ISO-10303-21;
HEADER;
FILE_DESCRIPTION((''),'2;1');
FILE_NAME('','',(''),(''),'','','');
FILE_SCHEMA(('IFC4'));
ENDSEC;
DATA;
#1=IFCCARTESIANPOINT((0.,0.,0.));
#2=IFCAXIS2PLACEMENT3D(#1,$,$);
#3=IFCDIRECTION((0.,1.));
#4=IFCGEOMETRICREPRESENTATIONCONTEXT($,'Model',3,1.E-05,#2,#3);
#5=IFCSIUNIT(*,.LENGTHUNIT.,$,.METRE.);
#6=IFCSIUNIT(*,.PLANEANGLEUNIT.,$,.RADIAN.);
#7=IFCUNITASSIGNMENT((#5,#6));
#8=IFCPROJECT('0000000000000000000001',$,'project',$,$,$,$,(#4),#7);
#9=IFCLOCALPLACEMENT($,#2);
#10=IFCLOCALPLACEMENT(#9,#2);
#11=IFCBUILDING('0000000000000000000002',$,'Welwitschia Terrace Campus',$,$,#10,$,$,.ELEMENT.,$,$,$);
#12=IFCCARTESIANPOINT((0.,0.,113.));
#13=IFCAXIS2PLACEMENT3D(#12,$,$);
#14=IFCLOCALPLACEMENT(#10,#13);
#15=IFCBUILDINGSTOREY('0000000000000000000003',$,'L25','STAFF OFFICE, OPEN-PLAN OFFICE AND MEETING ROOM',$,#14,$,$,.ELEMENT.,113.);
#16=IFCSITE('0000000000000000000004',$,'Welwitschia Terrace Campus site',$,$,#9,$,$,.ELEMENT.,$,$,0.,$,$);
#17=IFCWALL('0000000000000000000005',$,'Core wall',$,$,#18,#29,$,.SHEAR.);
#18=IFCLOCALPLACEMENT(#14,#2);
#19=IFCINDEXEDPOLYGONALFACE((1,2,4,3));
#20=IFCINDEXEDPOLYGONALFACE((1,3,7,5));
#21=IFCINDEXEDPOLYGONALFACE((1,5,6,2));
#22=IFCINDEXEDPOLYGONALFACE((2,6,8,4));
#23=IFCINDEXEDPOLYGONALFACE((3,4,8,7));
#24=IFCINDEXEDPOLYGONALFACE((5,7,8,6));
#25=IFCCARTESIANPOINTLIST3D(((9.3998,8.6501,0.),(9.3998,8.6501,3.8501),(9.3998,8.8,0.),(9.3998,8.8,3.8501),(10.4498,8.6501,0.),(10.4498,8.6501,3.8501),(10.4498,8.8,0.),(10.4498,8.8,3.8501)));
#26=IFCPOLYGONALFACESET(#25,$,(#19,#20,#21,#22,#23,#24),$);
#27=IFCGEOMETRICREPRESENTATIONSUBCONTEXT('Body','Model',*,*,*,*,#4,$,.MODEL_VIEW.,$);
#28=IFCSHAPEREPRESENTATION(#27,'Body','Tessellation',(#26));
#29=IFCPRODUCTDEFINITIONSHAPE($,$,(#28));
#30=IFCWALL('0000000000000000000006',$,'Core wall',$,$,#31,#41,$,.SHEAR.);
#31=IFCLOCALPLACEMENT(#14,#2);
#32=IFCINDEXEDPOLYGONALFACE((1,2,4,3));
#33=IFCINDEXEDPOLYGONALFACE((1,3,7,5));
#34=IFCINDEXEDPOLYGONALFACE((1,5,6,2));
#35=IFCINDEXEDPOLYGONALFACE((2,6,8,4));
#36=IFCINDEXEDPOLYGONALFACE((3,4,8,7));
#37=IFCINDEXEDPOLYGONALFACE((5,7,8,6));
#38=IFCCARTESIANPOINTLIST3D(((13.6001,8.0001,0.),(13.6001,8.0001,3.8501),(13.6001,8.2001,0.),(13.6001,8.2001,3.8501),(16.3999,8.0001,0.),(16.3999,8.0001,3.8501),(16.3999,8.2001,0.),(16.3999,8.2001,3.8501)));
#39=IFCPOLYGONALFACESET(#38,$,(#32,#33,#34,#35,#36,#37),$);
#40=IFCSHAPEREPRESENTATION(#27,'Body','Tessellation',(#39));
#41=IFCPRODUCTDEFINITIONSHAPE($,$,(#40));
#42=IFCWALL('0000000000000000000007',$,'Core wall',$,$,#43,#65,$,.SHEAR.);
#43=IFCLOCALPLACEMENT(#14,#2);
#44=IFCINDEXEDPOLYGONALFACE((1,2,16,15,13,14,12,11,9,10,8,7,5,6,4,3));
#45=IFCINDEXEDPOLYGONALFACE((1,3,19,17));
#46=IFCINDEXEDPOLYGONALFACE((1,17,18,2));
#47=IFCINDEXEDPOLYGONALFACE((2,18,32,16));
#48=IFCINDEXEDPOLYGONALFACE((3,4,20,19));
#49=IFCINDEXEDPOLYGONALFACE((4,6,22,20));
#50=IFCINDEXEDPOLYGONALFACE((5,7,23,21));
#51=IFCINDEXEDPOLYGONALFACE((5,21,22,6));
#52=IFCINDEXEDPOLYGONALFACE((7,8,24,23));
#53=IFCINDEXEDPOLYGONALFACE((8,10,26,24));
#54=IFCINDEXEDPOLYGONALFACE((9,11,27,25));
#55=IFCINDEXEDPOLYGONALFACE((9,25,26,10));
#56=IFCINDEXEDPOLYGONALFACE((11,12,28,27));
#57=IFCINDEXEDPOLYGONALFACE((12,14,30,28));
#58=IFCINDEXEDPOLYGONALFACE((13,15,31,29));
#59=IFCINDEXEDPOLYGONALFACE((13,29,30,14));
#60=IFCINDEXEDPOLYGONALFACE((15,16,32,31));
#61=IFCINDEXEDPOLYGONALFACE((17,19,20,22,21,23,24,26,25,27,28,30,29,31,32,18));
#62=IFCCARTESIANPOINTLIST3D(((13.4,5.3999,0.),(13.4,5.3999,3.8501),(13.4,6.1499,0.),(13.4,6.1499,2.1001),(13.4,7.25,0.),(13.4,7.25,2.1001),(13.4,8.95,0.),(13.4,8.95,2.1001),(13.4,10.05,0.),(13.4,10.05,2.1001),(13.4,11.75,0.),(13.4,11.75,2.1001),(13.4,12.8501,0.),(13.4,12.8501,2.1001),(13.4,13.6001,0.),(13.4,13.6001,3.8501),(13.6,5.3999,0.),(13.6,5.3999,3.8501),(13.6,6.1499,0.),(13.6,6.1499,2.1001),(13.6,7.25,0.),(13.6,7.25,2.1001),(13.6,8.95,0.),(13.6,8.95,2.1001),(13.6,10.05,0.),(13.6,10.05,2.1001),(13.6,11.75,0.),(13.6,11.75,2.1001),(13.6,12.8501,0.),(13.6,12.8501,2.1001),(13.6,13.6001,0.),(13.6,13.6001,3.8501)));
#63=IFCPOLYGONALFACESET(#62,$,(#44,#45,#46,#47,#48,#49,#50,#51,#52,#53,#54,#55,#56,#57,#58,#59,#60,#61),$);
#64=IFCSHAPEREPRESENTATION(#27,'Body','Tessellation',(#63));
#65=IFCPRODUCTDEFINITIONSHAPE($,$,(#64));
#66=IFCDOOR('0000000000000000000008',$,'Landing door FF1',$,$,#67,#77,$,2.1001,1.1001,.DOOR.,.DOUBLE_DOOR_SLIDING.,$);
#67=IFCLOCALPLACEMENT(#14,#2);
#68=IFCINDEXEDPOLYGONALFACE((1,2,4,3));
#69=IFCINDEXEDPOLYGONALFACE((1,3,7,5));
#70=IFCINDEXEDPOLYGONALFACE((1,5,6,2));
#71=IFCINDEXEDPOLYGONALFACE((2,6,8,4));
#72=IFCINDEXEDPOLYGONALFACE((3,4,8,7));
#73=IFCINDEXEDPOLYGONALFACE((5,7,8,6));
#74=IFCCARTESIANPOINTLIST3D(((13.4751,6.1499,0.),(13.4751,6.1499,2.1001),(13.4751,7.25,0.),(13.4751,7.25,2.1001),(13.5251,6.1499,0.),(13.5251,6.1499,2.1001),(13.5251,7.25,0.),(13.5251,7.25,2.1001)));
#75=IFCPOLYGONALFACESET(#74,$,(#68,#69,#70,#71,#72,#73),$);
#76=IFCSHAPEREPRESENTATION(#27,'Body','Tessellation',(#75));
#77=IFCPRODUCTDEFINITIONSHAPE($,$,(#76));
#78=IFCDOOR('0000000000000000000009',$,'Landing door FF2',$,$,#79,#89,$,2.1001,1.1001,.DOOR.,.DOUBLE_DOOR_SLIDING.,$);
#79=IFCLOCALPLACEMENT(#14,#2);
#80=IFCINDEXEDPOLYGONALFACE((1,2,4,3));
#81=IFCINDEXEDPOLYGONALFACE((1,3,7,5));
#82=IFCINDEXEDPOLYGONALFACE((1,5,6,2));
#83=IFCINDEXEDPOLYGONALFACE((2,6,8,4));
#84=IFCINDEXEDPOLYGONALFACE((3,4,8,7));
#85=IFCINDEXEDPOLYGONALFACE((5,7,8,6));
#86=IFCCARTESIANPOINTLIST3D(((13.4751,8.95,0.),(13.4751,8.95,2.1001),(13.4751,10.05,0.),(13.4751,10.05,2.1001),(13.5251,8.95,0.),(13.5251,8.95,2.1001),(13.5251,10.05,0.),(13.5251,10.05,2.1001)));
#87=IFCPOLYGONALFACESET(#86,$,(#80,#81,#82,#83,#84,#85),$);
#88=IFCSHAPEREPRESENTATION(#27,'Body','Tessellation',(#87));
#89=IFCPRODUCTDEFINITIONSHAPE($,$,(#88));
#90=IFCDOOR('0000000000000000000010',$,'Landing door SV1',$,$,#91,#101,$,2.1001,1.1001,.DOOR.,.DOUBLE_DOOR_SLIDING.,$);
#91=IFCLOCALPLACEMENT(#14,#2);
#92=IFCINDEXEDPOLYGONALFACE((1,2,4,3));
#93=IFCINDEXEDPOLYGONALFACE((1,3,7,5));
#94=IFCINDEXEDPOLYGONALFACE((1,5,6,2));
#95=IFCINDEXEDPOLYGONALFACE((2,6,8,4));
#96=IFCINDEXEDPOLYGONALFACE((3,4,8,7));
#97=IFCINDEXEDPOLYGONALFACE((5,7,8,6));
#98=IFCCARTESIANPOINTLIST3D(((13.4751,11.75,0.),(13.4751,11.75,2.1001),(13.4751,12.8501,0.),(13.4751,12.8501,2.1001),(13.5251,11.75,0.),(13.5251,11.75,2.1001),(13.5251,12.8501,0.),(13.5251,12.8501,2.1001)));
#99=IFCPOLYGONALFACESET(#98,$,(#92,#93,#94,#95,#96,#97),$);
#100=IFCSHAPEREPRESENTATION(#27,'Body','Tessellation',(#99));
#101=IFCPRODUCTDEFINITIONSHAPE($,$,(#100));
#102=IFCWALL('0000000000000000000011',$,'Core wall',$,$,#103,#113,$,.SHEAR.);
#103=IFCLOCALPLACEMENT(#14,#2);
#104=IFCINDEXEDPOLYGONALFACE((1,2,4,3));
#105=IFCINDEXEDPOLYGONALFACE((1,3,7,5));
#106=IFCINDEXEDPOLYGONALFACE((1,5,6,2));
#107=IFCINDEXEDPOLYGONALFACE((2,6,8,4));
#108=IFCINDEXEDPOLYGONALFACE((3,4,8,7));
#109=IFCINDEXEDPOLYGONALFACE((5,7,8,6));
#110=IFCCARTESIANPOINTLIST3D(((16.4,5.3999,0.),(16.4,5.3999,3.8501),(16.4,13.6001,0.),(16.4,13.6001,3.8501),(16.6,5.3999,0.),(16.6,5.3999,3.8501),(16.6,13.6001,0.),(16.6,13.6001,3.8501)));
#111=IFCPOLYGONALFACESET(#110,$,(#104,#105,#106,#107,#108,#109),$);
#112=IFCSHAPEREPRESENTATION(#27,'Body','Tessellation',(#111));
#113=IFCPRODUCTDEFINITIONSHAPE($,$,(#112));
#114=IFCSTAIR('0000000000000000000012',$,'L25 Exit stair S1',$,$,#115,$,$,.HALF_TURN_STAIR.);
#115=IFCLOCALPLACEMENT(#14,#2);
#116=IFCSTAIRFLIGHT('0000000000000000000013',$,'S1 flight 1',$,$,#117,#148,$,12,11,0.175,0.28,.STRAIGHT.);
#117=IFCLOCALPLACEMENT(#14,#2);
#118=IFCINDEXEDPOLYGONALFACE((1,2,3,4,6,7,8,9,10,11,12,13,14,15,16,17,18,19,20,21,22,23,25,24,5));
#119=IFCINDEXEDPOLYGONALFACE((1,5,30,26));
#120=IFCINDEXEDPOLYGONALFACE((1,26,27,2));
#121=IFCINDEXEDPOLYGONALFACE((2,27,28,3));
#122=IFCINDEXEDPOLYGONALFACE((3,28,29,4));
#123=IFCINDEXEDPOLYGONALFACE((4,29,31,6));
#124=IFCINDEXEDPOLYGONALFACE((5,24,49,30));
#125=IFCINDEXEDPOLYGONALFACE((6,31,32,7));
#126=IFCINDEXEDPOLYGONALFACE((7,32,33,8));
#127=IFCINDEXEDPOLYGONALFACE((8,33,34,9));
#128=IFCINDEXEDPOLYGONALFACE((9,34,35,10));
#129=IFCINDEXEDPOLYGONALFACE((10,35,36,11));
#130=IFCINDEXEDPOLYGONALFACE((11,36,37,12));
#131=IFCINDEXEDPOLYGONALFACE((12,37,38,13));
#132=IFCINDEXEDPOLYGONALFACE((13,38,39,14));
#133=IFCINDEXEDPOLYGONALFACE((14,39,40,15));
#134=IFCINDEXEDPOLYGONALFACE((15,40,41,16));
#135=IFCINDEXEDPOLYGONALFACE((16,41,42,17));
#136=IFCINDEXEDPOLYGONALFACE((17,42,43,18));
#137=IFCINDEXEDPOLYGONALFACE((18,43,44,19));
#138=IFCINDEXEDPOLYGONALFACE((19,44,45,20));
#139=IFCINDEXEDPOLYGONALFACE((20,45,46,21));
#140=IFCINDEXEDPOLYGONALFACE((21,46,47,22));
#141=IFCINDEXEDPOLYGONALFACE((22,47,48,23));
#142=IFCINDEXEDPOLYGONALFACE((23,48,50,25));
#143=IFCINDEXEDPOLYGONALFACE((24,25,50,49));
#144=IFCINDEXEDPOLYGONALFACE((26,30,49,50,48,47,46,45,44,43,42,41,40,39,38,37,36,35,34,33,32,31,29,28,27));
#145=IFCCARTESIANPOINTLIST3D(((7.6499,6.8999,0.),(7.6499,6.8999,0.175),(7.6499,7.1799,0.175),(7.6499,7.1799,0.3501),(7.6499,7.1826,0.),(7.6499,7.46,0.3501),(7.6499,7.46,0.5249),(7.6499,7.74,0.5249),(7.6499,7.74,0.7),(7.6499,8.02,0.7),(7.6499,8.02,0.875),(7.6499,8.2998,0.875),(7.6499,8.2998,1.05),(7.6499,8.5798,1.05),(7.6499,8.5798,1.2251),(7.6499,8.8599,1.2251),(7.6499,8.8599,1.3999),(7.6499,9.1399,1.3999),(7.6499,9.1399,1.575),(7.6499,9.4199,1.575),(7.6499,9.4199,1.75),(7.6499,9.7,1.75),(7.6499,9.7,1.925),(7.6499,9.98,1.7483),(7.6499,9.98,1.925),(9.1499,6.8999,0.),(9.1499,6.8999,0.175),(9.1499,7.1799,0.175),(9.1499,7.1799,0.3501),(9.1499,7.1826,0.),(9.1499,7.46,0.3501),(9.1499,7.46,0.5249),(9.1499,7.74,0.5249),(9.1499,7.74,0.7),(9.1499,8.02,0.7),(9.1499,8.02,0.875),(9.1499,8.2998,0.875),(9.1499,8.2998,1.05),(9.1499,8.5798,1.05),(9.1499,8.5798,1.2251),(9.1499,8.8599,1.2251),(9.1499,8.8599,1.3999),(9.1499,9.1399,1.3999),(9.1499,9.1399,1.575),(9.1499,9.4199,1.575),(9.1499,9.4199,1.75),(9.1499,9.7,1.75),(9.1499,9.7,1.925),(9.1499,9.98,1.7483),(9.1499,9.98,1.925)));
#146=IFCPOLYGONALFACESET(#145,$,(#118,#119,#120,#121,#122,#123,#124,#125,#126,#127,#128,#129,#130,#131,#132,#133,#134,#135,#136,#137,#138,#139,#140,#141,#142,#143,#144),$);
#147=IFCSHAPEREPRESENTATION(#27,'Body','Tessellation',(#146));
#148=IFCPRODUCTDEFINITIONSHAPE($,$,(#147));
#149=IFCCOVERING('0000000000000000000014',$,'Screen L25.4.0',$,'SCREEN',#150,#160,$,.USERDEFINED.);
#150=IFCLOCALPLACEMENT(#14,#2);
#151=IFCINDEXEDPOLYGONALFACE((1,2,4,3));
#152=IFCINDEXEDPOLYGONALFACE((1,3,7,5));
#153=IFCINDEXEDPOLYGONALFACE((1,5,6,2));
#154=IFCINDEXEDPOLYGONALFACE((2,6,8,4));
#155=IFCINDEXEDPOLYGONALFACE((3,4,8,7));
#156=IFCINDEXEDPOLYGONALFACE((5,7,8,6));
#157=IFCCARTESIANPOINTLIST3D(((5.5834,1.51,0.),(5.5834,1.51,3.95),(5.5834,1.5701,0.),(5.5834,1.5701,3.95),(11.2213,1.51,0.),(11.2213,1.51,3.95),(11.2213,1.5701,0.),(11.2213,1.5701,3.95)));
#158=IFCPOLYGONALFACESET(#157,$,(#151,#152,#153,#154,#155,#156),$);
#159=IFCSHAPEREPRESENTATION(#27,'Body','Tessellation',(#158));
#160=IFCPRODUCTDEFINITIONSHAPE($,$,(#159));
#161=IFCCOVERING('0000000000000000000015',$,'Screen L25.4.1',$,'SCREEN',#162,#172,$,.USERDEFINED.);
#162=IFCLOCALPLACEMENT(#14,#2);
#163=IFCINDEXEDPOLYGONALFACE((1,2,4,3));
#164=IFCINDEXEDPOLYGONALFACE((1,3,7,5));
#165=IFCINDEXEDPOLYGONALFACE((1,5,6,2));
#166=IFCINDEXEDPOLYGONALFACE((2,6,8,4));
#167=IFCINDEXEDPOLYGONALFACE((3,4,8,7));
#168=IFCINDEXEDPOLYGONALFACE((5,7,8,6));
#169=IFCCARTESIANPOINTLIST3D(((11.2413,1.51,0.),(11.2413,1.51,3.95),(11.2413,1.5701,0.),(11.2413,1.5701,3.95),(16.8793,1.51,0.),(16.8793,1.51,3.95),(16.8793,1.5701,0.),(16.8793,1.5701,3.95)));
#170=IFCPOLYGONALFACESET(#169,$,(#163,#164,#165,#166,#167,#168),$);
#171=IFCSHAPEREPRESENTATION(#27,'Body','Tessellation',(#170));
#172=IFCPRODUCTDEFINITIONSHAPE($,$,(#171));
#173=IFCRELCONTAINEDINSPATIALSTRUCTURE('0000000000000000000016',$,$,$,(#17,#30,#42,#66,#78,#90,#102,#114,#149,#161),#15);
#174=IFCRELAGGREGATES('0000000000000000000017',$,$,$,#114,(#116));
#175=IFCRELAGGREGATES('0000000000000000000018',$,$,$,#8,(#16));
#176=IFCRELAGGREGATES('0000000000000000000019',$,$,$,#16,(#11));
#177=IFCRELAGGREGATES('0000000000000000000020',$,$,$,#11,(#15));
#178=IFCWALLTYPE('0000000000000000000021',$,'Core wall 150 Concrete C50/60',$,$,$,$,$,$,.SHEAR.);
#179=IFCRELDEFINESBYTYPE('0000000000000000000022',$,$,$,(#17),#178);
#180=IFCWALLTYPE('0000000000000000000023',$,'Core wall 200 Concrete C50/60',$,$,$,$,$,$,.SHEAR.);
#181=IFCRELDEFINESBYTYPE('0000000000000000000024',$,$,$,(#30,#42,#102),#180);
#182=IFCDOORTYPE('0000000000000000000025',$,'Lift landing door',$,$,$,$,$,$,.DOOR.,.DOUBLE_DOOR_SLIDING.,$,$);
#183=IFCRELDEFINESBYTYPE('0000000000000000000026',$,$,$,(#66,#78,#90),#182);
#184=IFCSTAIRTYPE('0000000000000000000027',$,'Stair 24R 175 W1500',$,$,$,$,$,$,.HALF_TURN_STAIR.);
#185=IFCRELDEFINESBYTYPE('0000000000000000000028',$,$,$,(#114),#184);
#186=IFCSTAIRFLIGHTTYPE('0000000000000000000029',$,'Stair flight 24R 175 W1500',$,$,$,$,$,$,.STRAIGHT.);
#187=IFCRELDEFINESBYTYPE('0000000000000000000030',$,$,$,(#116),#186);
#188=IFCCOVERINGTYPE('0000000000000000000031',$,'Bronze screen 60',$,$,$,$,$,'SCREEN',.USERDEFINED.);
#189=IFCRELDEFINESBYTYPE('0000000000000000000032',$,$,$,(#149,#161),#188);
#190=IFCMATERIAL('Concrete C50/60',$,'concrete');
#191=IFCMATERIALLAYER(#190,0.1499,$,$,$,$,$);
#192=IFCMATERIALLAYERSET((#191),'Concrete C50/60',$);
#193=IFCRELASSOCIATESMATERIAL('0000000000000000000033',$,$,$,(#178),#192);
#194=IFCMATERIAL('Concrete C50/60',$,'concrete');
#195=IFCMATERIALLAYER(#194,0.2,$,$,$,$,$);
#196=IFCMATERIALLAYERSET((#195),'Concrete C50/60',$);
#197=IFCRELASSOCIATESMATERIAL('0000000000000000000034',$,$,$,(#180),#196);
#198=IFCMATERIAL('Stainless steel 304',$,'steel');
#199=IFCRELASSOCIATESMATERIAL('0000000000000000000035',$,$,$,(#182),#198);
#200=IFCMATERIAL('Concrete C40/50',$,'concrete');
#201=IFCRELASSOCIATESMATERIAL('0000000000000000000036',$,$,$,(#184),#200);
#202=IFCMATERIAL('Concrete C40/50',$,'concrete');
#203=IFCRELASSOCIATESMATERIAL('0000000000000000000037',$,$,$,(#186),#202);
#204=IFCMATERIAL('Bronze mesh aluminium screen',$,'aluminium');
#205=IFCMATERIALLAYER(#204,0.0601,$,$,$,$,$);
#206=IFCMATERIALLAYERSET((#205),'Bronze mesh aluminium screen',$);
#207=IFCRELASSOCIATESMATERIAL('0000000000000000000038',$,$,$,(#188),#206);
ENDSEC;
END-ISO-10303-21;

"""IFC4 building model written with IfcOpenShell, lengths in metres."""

from ifc_helpers import new_model, si_unit, direction, frame, frame_2d, origin, origin_2d, place, context, subcontext, project, spatial, polyline, rectangle, outline, extrude, material, layer, layer_set, type_object, element, fill, aggregate, save


model = new_model("IFC4")

# Units and contexts
model_context = context("Model", 3, precision=1e-05, world=origin(), true_north=direction((0.0, 1.0)))
body_context = subcontext(model_context, "Body", "Model", "MODEL_VIEW")
ifc_project = project(units=[si_unit("LENGTHUNIT", "METRE"), si_unit("PLANEANGLEUNIT", "RADIAN")], contexts=[model_context])

# Site, building, storey
site_placement = place(None, origin())
site = spatial("IfcSite", under=ifc_project, at=site_placement, Name="Welwitschia Terrace Campus site", CompositionType="ELEMENT", RefElevation=0.0)
building_placement = place(site_placement, origin())
building = spatial("IfcBuilding", under=site, at=building_placement, Name="Welwitschia Terrace Campus", CompositionType="ELEMENT")
storey_placement = place(building_placement, frame((0.0, 0.0, 113.0)))
storey = spatial("IfcBuildingStorey", under=building, at=storey_placement, Name="L25", Description="STAFF OFFICE, OPEN-PLAN OFFICE AND MEETING ROOM", CompositionType="ELEMENT", Elevation=113.0)

# Walls
ifc_material_1 = material(Name="Concrete C50/60", Category="concrete")
ifc_layer_1 = layer(ifc_material_1, 0.1499)
ifc_layer_set_1 = layer_set([ifc_layer_1], Name="Concrete C50/60")
wall_type_1 = type_object("IfcWallType", Name="Core wall 150 Concrete C50/60", PredefinedType="SHEAR", material=ifc_layer_set_1)
for number, where, z_axis, x_axis, name in (
    (1, (9.3999, 8.7251, 0.0), (0.0, 0.0, 1.0), (1.0, 0.0, 0.0), "Core wall"),
):
    element("IfcWall", number, at=place(storey_placement, frame(where, z_axis=z_axis, x_axis=x_axis)), inside=storey, type_object=wall_type_1, Name=name, PredefinedType="SHEAR", context=body_context, shape_type="SweptSolid", body=[
        extrude(rectangle(XDim=1.05, YDim=0.1499, at=frame_2d((0.5249, 0.0))), origin(), (0.0, 0.0, 1.0), 3.8501),
    ])
ifc_material_2 = material(Name="Concrete C50/60", Category="concrete")
ifc_layer_2 = layer(ifc_material_2, 0.2)
ifc_layer_set_2 = layer_set([ifc_layer_2], Name="Concrete C50/60")
wall_type_2 = type_object("IfcWallType", Name="Core wall 200 Concrete C50/60", PredefinedType="SHEAR", material=ifc_layer_set_2)
wall_1_placement = place(storey_placement, frame((13.6001, 8.1001, 0.0), z_axis=(0.0, 0.0, 1.0), x_axis=(1.0, 0.0, 0.0)))
element("IfcWall", 2, at=wall_1_placement, inside=storey, type_object=wall_type_2, Name="Core wall", PredefinedType="SHEAR", context=body_context, shape_type="SweptSolid", body=[
    extrude(rectangle(XDim=2.7998, YDim=0.2, at=frame_2d((1.3999, 0.0))), origin(), (0.0, 0.0, 1.0), 3.8501),
])

# Wall, openings, doors
wall_2_placement = place(storey_placement, frame((13.5, 5.3999, 0.0), z_axis=(0.0, 0.0, 1.0), x_axis=(0.0, 1.0, 0.0)))
wall_2 = element("IfcWall", 3, at=wall_2_placement, inside=storey, type_object=wall_type_2, Name="Core wall", PredefinedType="SHEAR", context=body_context, shape_type="SweptSolid", body=[
    extrude(rectangle(XDim=8.2002, YDim=0.2, at=frame_2d((4.1001, 0.0))), origin(), (0.0, 0.0, 1.0), 3.8501),
])
opening_1_placement = place(wall_2_placement, frame((0.75, 0.0, 0.0)))
opening_1 = element("IfcOpeningElement", 4, at=opening_1_placement, cuts=wall_2, PredefinedType="OPENING", context=body_context, shape_type="SweptSolid", body=[
    extrude(rectangle(XDim=1.1001, YDim=2.1001, at=frame_2d((0.55, 1.05))), frame((0.0, 0.1099, 0.0), z_axis=(0.0, -1.0, 0.0), x_axis=(1.0, 0.0, 0.0)), (0.0, 0.0, 1.0), 0.22),
])
opening_2_placement = place(wall_2_placement, frame((3.55, 0.0, 0.0)))
opening_2 = element("IfcOpeningElement", 5, at=opening_2_placement, cuts=wall_2, PredefinedType="OPENING", context=body_context, shape_type="SweptSolid", body=[
    extrude(rectangle(XDim=1.1001, YDim=2.1001, at=frame_2d((0.55, 1.05))), frame((0.0, 0.1099, 0.0), z_axis=(0.0, -1.0, 0.0), x_axis=(1.0, 0.0, 0.0)), (0.0, 0.0, 1.0), 0.22),
])
opening_3_placement = place(wall_2_placement, frame((6.3501, 0.0, 0.0)))
opening_3 = element("IfcOpeningElement", 6, at=opening_3_placement, cuts=wall_2, PredefinedType="OPENING", context=body_context, shape_type="SweptSolid", body=[
    extrude(rectangle(XDim=1.1001, YDim=2.1001, at=frame_2d((0.55, 1.05))), frame((0.0, 0.1099, 0.0), z_axis=(0.0, -1.0, 0.0), x_axis=(1.0, 0.0, 0.0)), (0.0, 0.0, 1.0), 0.22),
])
ifc_material_3 = material(Name="Stainless steel 304", Category="steel")
door_type = type_object("IfcDoorType", Name="Lift landing door", OperationType="DOUBLE_DOOR_SLIDING", PredefinedType="DOOR", material=ifc_material_3)
door_1_placement = place(opening_1_placement, origin())
door_1 = element("IfcDoor", 7, at=door_1_placement, inside=storey, type_object=door_type, Name="Landing door FF1", OperationType="DOUBLE_DOOR_SLIDING", OverallHeight=2.1001, OverallWidth=1.1001, PredefinedType="DOOR", context=body_context, shape_type="SweptSolid", body=[
    extrude(rectangle(XDim=1.1001, YDim=2.1001, at=frame_2d((0.55, 1.05))), frame((0.0, 0.0249, 0.0), z_axis=(0.0, -1.0, 0.0), x_axis=(1.0, 0.0, 0.0)), (0.0, 0.0, 1.0), 0.05),
])
fill(opening_1, door_1)
door_2_placement = place(opening_2_placement, origin())
door_2 = element("IfcDoor", 8, at=door_2_placement, inside=storey, type_object=door_type, Name="Landing door FF2", OperationType="DOUBLE_DOOR_SLIDING", OverallHeight=2.1001, OverallWidth=1.1001, PredefinedType="DOOR", context=body_context, shape_type="SweptSolid", body=[
    extrude(rectangle(XDim=1.1001, YDim=2.1001, at=frame_2d((0.55, 1.05))), frame((0.0, 0.0249, 0.0), z_axis=(0.0, -1.0, 0.0), x_axis=(1.0, 0.0, 0.0)), (0.0, 0.0, 1.0), 0.05),
])
fill(opening_2, door_2)
door_3_placement = place(opening_3_placement, origin())
door_3 = element("IfcDoor", 9, at=door_3_placement, inside=storey, type_object=door_type, Name="Landing door SV1", OperationType="DOUBLE_DOOR_SLIDING", OverallHeight=2.1001, OverallWidth=1.1001, PredefinedType="DOOR", context=body_context, shape_type="SweptSolid", body=[
    extrude(rectangle(XDim=1.1001, YDim=2.1001, at=frame_2d((0.55, 1.05))), frame((0.0, 0.0249, 0.0), z_axis=(0.0, -1.0, 0.0), x_axis=(1.0, 0.0, 0.0)), (0.0, 0.0, 1.0), 0.05),
])
fill(opening_3, door_3)

# Wall
wall_3_placement = place(storey_placement, frame((16.5, 5.3999, 0.0), z_axis=(0.0, 0.0, 1.0), x_axis=(0.0, 1.0, 0.0)))
element("IfcWall", 10, at=wall_3_placement, inside=storey, type_object=wall_type_2, Name="Core wall", PredefinedType="SHEAR", context=body_context, shape_type="SweptSolid", body=[
    extrude(rectangle(XDim=8.2002, YDim=0.2, at=frame_2d((4.1001, 0.0))), origin(), (0.0, 0.0, 1.0), 3.8501),
])

# Stair, stair flight
ifc_material_4 = material(Name="Concrete C40/50", Category="concrete")
stair_type = type_object("IfcStairType", Name="Stair 24R 175 W1500", PredefinedType="HALF_TURN_STAIR", material=ifc_material_4)
stair_placement = place(storey_placement, origin())
stair = element("IfcStair", 11, at=stair_placement, inside=storey, type_object=stair_type, Name="L25 Exit stair S1", PredefinedType="HALF_TURN_STAIR")
ifc_material_5 = material(Name="Concrete C40/50", Category="concrete")
stair_flight_type = type_object("IfcStairFlightType", Name="Stair flight 24R 175 W1500", PredefinedType="STRAIGHT", material=ifc_material_5)
stair_flight_placement = place(storey_placement, frame((8.3999, 6.8999, 0.0), z_axis=(0.0, 0.0, 1.0), x_axis=(0.0, 1.0, 0.0)))
stair_flight = element("IfcStairFlight", 12, at=stair_flight_placement, type_object=stair_flight_type, Name="S1 flight 1", NumberOfRisers=12, NumberOfTreads=11, PredefinedType="STRAIGHT", RiserHeight=0.175, TreadLength=0.28, context=body_context, shape_type="SweptSolid", body=[
    extrude(outline(polyline([(0.0, 0.0), (0.0, 0.175), (0.28, 0.175), (0.28, 0.3501), (0.5601, 0.3501), (0.5601, 0.5249), (0.8401, 0.5249), (0.8401, 0.7), (1.1201, 0.7), (1.1201, 0.875), (1.3999, 0.875), (1.3999, 1.05), (1.6799, 1.05), (1.6799, 1.2251), (1.96, 1.2251), (1.96, 1.3999), (2.24, 1.3999), (2.24, 1.575), (2.52, 1.575), (2.52, 1.75), (2.8, 1.75), (2.8, 1.925), (3.0801, 1.925), (3.0801, 2.1001), (3.0801, 1.7483), (0.2827, 0.0), (0.0, 0.0)])), frame((0.0, 0.75, 0.0), z_axis=(0.0, -1.0, 0.0), x_axis=(1.0, 0.0, 0.0)), (0.0, 0.0, 1.0), 1.5),
])
aggregate(stair, [stair_flight])

# Coverings
ifc_material_6 = material(Name="Bronze mesh aluminium screen", Category="aluminium")
ifc_layer_3 = layer(ifc_material_6, 0.0601)
ifc_layer_set_3 = layer_set([ifc_layer_3], Name="Bronze mesh aluminium screen")
covering_type = type_object("IfcCoveringType", Name="Bronze screen 60", ElementType="SCREEN", PredefinedType="USERDEFINED", material=ifc_layer_set_3)
for number, where, z_axis, x_axis, name in (
    (13, (8.4023, 1.54, 0.0), (0.0, 0.0, 1.0), (1.0, 0.0, 0.0), "Screen L25.4.0"),
    (14, (14.0603, 1.54, 0.0), (0.0, 0.0, 1.0), (1.0, 0.0, 0.0), "Screen L25.4.1"),
):
    element("IfcCovering", number, at=place(storey_placement, frame(where, z_axis=z_axis, x_axis=x_axis)), inside=storey, type_object=covering_type, Name=name, ObjectType="SCREEN", PredefinedType="USERDEFINED", context=body_context, shape_type="SweptSolid", body=[
        extrude(rectangle(XDim=5.6379, YDim=0.0601, at=origin_2d()), origin(), (0.0, 0.0, 1.0), 3.95),
    ])

save(model, "model.ifc")
